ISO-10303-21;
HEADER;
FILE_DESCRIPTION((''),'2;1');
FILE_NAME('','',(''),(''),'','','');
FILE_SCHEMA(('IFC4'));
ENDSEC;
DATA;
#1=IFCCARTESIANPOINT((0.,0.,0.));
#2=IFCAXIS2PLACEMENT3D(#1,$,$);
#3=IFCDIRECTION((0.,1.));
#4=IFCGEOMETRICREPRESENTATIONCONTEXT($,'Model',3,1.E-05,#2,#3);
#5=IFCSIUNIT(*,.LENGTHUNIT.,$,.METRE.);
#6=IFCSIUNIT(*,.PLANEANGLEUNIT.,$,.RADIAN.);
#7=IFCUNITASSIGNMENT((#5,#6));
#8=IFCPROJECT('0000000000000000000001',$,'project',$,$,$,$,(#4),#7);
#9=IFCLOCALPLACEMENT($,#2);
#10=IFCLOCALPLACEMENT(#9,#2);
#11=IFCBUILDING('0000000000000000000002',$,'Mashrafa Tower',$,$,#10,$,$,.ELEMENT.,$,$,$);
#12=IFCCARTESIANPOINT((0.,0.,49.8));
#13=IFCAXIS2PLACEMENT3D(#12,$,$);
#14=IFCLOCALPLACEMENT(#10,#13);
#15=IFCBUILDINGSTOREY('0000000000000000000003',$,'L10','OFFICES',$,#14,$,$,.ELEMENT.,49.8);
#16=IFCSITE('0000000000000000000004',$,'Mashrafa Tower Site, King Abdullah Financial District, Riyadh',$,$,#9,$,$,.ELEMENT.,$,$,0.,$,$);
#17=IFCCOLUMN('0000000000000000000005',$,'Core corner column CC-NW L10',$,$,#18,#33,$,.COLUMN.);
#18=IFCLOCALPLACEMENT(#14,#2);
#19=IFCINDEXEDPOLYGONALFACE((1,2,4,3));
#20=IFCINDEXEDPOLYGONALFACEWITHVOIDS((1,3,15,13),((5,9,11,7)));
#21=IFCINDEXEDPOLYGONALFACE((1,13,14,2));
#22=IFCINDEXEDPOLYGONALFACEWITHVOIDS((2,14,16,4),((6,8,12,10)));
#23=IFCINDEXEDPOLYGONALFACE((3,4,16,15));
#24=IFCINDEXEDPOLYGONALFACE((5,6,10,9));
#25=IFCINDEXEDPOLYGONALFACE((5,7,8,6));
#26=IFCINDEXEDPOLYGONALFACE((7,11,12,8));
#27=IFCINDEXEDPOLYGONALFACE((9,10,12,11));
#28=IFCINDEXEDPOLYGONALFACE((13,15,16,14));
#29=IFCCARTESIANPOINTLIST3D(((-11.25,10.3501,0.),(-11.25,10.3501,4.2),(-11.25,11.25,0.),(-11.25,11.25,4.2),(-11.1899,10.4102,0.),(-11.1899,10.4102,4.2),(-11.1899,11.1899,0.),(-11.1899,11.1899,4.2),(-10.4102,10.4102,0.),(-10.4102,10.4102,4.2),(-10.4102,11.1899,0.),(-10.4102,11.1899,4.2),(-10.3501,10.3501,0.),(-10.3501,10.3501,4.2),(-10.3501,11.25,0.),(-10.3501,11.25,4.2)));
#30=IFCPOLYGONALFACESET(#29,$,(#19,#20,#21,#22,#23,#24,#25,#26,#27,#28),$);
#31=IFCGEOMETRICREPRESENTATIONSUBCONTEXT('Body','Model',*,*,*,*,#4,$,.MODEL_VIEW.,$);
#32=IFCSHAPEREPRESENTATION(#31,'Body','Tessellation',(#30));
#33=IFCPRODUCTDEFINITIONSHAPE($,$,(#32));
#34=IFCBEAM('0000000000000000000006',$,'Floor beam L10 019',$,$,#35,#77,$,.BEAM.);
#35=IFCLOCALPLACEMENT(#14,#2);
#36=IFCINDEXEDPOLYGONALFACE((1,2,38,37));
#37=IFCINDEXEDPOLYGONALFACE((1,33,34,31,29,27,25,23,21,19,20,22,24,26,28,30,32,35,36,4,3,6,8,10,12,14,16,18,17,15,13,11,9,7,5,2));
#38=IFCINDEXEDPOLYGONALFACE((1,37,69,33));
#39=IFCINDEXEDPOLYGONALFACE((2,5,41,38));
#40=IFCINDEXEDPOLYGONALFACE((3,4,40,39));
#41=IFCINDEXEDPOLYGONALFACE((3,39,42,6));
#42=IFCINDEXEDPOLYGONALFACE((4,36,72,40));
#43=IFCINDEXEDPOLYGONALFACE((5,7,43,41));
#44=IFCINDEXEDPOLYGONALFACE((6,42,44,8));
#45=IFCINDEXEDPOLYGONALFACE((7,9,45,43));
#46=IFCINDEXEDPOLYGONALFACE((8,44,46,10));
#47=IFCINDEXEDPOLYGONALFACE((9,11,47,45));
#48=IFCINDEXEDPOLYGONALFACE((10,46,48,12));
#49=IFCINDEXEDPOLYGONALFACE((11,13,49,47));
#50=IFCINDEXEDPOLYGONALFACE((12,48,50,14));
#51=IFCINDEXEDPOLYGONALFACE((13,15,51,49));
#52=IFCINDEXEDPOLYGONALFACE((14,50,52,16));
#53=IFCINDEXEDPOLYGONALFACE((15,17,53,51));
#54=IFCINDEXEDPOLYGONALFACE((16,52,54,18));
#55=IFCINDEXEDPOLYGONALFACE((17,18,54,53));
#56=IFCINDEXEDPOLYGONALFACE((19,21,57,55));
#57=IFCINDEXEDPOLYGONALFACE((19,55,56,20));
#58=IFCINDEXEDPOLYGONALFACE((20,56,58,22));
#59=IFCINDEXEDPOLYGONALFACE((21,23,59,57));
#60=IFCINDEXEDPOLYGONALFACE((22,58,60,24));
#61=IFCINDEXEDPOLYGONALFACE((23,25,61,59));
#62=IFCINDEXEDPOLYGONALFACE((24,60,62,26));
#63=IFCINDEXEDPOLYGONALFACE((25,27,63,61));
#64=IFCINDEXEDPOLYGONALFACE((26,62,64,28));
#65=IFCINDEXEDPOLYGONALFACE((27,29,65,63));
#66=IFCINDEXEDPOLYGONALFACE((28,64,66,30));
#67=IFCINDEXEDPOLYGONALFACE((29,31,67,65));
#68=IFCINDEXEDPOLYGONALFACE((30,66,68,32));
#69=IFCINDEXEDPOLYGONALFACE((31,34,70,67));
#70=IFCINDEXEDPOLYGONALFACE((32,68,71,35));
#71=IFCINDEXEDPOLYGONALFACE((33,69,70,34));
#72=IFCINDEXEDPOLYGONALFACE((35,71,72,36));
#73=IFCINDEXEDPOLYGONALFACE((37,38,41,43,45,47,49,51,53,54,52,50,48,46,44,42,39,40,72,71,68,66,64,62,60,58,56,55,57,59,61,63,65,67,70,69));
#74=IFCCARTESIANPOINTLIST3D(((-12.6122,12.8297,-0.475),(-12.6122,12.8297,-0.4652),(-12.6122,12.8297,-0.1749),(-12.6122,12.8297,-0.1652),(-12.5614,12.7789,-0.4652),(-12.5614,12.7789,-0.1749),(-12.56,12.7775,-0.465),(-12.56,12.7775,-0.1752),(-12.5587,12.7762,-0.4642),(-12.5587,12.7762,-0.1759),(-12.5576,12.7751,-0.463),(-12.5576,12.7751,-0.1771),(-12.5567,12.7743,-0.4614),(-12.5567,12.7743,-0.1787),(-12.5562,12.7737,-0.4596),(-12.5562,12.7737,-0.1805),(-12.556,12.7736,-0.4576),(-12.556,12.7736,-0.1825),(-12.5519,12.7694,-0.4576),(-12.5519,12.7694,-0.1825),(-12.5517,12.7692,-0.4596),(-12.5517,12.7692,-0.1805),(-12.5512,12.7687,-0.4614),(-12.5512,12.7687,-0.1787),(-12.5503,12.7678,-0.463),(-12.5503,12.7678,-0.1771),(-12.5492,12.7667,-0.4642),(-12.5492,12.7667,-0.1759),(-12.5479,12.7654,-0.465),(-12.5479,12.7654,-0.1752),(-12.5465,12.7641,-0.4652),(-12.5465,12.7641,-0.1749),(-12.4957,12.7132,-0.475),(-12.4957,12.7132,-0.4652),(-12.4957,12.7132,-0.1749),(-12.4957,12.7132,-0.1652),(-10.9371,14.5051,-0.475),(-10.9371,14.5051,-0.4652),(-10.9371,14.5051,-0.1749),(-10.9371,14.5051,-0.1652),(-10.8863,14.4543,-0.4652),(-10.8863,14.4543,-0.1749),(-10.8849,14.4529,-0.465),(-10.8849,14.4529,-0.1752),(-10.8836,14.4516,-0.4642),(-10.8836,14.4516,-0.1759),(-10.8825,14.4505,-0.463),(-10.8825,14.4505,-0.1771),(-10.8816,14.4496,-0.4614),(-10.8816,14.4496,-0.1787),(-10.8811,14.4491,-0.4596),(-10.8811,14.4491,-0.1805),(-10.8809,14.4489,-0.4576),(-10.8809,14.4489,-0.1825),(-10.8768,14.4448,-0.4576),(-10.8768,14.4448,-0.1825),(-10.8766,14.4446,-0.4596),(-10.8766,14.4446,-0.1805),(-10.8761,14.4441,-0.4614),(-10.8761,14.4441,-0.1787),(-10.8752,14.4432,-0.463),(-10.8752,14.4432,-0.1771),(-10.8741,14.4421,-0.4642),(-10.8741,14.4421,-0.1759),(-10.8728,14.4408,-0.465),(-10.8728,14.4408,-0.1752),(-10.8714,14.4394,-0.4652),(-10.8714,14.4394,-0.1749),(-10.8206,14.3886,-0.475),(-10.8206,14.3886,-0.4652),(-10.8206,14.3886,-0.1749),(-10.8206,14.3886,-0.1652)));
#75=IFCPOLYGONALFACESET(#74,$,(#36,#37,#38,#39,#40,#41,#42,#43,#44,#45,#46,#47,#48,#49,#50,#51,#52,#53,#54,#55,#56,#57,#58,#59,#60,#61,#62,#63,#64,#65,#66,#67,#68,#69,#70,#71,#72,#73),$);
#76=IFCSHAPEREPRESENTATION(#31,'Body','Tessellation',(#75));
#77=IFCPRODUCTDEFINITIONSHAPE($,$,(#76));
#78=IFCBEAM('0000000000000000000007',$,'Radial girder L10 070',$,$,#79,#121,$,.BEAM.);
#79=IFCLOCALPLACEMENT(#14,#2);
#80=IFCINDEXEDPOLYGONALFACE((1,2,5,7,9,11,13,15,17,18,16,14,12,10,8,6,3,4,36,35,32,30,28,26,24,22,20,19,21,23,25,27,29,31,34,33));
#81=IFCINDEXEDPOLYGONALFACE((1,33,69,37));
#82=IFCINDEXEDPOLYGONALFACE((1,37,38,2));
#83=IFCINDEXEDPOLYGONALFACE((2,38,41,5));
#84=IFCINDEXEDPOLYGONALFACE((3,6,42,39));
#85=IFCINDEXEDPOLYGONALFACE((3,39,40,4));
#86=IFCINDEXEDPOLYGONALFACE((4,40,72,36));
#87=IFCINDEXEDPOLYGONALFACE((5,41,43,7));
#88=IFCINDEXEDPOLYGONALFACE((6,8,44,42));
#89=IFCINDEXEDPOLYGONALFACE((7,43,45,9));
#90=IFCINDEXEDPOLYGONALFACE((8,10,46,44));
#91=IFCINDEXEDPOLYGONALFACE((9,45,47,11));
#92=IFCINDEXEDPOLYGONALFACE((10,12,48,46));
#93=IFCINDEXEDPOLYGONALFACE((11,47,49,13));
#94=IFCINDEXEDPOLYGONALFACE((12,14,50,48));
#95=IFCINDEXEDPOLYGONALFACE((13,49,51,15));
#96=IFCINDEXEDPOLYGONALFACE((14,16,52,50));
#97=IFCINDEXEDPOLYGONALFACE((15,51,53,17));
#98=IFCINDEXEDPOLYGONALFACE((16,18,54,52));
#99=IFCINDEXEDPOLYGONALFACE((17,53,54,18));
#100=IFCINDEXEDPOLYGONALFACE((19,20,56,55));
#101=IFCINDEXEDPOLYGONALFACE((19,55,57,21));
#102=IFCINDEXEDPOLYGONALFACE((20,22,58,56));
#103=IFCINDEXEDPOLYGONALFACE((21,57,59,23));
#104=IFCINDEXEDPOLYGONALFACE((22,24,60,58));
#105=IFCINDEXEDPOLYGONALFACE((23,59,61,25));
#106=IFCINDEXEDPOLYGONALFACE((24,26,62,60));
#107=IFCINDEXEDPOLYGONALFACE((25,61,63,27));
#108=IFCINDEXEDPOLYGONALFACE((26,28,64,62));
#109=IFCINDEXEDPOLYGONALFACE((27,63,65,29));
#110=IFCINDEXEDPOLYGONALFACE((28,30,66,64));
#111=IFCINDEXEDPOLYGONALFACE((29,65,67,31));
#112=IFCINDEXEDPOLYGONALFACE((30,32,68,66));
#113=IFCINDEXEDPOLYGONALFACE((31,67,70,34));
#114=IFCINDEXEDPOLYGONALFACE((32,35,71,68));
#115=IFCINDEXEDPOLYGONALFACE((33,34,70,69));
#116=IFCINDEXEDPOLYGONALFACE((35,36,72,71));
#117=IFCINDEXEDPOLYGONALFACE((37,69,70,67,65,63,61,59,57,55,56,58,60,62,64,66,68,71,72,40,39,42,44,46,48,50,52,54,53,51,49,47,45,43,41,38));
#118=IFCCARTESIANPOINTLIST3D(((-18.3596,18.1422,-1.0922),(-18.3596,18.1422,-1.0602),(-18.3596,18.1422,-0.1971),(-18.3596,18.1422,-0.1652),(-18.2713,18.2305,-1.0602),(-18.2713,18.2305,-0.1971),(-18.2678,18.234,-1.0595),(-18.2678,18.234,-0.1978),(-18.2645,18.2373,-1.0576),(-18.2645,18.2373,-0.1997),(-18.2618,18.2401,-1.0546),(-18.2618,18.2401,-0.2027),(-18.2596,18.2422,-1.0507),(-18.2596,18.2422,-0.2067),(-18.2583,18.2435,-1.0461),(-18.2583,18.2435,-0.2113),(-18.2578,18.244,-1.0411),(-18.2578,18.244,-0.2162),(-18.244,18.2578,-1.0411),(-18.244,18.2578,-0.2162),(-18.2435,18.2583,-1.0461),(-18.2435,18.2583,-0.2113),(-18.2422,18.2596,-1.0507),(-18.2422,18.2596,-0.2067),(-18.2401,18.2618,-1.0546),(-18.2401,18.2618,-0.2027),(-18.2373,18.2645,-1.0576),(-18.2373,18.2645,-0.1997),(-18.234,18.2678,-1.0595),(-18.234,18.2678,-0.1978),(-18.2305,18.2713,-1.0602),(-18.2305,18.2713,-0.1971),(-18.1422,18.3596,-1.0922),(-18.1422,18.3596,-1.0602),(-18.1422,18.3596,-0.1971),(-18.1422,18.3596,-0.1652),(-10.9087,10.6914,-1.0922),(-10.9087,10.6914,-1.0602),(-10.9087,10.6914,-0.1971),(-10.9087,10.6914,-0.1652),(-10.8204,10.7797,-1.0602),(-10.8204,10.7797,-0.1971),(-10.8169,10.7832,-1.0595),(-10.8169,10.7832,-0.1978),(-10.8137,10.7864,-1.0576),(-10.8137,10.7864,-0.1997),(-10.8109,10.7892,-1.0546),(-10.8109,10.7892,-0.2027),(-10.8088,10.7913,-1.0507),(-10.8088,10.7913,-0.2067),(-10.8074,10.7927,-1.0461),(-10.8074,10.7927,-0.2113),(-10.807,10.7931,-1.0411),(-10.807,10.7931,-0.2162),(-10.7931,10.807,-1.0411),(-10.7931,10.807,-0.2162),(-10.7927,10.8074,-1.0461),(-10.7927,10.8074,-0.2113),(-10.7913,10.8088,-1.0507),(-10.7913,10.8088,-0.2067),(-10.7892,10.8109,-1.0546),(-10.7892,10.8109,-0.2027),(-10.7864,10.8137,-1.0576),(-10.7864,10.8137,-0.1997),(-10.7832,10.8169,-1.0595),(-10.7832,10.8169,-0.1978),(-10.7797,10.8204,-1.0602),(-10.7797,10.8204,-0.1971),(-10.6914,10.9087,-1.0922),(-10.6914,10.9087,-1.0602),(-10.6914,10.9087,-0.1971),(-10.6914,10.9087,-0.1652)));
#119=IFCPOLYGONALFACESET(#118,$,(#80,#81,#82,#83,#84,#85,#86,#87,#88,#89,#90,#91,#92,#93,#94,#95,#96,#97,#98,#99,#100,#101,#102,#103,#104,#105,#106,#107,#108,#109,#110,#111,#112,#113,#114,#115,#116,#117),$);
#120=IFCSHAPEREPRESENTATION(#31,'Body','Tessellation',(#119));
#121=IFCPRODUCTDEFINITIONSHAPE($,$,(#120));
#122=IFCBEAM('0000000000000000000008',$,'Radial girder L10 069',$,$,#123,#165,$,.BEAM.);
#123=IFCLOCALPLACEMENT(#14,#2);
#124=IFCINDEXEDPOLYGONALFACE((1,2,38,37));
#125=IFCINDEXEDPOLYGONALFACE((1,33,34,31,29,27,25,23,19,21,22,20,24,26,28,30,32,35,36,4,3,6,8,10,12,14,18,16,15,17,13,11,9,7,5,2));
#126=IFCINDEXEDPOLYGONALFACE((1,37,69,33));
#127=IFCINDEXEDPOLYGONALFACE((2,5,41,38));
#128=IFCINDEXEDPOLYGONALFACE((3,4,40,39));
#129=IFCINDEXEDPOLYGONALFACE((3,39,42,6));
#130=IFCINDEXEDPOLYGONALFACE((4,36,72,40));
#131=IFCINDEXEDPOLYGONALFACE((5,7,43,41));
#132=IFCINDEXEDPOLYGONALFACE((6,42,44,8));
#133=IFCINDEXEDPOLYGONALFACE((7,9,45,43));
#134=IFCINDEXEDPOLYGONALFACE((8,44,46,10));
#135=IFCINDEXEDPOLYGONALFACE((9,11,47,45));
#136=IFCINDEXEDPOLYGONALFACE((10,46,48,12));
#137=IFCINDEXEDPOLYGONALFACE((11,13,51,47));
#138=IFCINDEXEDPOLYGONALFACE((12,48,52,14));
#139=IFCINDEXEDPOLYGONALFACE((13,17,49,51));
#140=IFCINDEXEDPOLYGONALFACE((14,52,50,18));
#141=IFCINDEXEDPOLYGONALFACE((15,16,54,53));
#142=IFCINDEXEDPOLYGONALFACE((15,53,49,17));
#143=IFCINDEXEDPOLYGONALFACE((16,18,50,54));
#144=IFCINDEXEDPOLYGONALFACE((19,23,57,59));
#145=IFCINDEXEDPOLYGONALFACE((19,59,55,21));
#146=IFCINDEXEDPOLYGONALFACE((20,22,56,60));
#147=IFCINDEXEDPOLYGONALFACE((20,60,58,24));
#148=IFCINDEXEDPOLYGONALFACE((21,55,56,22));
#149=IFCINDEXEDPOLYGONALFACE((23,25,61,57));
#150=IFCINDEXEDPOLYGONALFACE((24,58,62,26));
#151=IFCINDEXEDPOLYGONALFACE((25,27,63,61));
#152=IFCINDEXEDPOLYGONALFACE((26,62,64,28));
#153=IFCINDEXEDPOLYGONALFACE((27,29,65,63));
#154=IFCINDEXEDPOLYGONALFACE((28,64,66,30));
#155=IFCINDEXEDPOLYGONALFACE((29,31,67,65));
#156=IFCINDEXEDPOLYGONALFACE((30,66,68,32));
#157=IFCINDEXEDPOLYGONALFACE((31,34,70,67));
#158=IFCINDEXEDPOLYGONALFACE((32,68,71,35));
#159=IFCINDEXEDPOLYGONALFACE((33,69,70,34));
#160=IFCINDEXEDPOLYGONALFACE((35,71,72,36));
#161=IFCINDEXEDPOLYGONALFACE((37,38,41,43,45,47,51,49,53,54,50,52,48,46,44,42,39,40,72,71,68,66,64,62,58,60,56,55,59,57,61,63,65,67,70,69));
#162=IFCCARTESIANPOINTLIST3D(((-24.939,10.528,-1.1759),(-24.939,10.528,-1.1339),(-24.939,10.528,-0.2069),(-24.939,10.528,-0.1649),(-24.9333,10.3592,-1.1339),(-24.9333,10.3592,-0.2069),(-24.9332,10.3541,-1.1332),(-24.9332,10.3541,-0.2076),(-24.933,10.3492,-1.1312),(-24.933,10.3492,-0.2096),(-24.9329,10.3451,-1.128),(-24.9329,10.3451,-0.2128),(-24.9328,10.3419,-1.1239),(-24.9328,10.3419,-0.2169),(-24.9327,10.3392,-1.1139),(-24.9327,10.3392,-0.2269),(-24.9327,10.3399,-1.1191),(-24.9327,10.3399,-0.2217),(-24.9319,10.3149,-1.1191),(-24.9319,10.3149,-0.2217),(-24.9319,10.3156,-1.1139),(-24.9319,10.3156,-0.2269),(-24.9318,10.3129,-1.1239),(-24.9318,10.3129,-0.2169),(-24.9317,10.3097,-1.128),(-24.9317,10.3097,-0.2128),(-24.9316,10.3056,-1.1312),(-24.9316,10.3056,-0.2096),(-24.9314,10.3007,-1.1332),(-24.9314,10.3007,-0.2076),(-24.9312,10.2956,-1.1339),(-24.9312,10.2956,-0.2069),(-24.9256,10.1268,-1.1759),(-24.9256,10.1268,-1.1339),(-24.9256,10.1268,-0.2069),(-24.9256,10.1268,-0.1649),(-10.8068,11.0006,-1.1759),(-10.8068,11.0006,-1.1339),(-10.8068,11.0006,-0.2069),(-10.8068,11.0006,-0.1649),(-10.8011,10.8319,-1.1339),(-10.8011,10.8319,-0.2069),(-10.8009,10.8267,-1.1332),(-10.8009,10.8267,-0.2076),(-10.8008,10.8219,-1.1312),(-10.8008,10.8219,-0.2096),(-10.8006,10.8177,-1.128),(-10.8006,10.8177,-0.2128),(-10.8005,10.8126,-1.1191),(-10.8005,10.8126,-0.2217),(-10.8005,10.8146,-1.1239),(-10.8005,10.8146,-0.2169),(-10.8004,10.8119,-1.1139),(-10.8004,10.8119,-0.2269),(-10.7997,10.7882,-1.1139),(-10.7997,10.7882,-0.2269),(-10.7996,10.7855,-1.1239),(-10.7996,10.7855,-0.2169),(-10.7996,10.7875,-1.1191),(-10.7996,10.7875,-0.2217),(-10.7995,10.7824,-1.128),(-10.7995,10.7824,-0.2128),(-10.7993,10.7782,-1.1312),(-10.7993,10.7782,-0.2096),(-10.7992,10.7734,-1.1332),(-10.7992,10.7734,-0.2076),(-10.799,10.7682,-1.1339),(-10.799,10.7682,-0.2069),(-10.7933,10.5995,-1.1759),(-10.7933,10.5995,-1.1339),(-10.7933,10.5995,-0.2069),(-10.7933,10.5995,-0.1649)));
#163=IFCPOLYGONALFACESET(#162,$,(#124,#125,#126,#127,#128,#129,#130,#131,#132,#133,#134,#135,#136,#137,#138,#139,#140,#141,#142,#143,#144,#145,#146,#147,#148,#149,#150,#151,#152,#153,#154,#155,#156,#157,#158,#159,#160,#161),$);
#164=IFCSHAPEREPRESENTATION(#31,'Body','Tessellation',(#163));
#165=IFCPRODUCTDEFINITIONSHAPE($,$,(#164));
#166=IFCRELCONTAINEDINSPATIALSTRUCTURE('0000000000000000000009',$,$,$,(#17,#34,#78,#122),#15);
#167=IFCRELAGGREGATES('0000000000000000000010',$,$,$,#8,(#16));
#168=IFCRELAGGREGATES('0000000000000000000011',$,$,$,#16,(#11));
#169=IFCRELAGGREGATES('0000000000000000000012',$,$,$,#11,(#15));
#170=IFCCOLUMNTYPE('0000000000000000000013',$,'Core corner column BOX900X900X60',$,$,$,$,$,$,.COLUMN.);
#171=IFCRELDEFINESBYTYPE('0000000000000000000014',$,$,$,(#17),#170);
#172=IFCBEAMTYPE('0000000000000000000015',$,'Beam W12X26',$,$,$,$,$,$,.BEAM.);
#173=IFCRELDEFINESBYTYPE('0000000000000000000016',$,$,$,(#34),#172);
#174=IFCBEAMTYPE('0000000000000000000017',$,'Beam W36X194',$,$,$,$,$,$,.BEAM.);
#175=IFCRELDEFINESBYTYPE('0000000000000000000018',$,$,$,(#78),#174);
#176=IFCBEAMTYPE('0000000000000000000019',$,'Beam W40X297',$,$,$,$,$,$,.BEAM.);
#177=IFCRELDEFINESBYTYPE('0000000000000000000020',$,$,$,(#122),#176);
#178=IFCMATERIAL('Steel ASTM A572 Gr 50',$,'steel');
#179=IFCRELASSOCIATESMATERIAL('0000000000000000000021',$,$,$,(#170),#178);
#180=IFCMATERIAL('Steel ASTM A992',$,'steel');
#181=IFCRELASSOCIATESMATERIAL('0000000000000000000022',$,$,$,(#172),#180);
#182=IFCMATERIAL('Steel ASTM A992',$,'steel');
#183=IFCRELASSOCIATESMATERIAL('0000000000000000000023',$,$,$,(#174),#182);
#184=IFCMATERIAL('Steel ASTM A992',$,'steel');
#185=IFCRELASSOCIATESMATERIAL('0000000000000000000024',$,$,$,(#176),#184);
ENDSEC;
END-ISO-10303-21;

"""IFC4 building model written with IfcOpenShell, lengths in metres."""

from ifc_helpers import new_model, si_unit, direction, frame, origin, origin_2d, place, context, subcontext, project, spatial, hollow_rectangle, i_section, extrude, material, material_profile, profile_set, type_object, element, save


model = new_model("IFC4")

# Units and contexts
model_context = context("Model", 3, precision=1e-05, world=origin(), true_north=direction((0.0, 1.0)))
body_context = subcontext(model_context, "Body", "Model", "MODEL_VIEW")
ifc_project = project(units=[si_unit("LENGTHUNIT", "METRE"), si_unit("PLANEANGLEUNIT", "RADIAN")], contexts=[model_context])

# Site, building, storey
site_placement = place(None, origin())
site = spatial("IfcSite", under=ifc_project, at=site_placement, Name="Mashrafa Tower Site, King Abdullah Financial District, Riyadh", CompositionType="ELEMENT", RefElevation=0.0)
building_placement = place(site_placement, origin())
building = spatial("IfcBuilding", under=site, at=building_placement, Name="Mashrafa Tower", CompositionType="ELEMENT")
storey_placement = place(building_placement, frame((0.0, 0.0, 49.8)))
storey = spatial("IfcBuildingStorey", under=building, at=storey_placement, Name="L10", Description="OFFICES", CompositionType="ELEMENT", Elevation=49.8)

# Column
ifc_material_1 = material(Name="Steel ASTM A572 Gr 50", Category="steel")
ifc_material_profile_1 = material_profile(ifc_material_1, hollow_rectangle(XDim=0.8999, YDim=0.8999, WallThickness=0.0601, at=origin_2d()), Name="BOX900X900X60")
ifc_profile_set_1 = profile_set([ifc_material_profile_1], Name="Steel ASTM A572 Gr 50")
column_type = type_object("IfcColumnType", Name="Core corner column BOX900X900X60", PredefinedType="COLUMN", material=ifc_profile_set_1)
column_placement = place(storey_placement, frame((-10.8, 10.8, 0.0), z_axis=(0.0, 0.0, 1.0), x_axis=(1.0, 0.0, 0.0)))
element("IfcColumn", 1, at=column_placement, inside=storey, type_object=column_type, Name="Core corner column CC-NW L10", PredefinedType="COLUMN", context=body_context, shape_type="SweptSolid", body=[
    extrude(hollow_rectangle(XDim=0.8999, YDim=0.8999, WallThickness=0.0601, at=origin_2d()), origin(), (0.0, 0.0, 1.0), 4.2),
])

# Beams
ifc_material_2 = material(Name="Steel ASTM A992", Category="steel")
ifc_material_profile_2 = material_profile(ifc_material_2, i_section(OverallWidth=0.1648, OverallDepth=0.3098, WebThickness=0.0059, FlangeThickness=0.0098, FilletRadius=0.0076, at=origin_2d()), Name="W12X26")
ifc_profile_set_2 = profile_set([ifc_material_profile_2], Name="Steel ASTM A992")
beam_type_1 = type_object("IfcBeamType", Name="Beam W12X26", PredefinedType="BEAM", material=ifc_profile_set_2)
beam_1_placement = place(storey_placement, frame((-12.554, 12.7715, -0.3201), z_axis=(0.707055, 0.707158, 0.0), x_axis=(-0.707158, 0.707055, 0.0)))
element("IfcBeam", 2, at=beam_1_placement, inside=storey, type_object=beam_type_1, Name="Floor beam L10 019", PredefinedType="BEAM", context=body_context, shape_type="SweptSolid", body=[
    extrude(i_section(OverallWidth=0.1648, OverallDepth=0.3098, WebThickness=0.0059, FlangeThickness=0.0098, FilletRadius=0.0076, at=origin_2d()), origin(), (0.0, 0.0, 1.0), 2.3691),
])
ifc_material_3 = material(Name="Steel ASTM A992", Category="steel")
ifc_material_profile_3 = material_profile(ifc_material_3, i_section(OverallWidth=0.3074, OverallDepth=0.927, WebThickness=0.0195, FlangeThickness=0.032, FilletRadius=0.019, at=origin_2d()), Name="W36X194")
ifc_profile_set_3 = profile_set([ifc_material_profile_3], Name="Steel ASTM A992")
beam_type_2 = type_object("IfcBeamType", Name="Beam W36X194", PredefinedType="BEAM", material=ifc_profile_set_3)
beam_2_placement = place(storey_placement, frame((-10.8, 10.8, -0.6287), z_axis=(-0.707107, 0.707107, 0.0), x_axis=(-0.707107, -0.707107, 0.0)))
element("IfcBeam", 3, at=beam_2_placement, inside=storey, type_object=beam_type_2, Name="Radial girder L10 070", PredefinedType="BEAM", context=body_context, shape_type="SweptSolid", body=[
    extrude(i_section(OverallWidth=0.3074, OverallDepth=0.927, WebThickness=0.0195, FlangeThickness=0.032, FilletRadius=0.019, at=origin_2d()), origin(), (0.0, 0.0, 1.0), 10.5371),
])
ifc_material_4 = material(Name="Steel ASTM A992", Category="steel")
ifc_material_profile_4 = material_profile(ifc_material_4, i_section(OverallWidth=0.4014, OverallDepth=1.011, WebThickness=0.0237, FlangeThickness=0.042, FilletRadius=0.02, at=origin_2d()), Name="W40X297")
ifc_profile_set_4 = profile_set([ifc_material_profile_4], Name="Steel ASTM A992")
beam_type_3 = type_object("IfcBeamType", Name="Beam W40X297", PredefinedType="BEAM", material=ifc_profile_set_4)
for number, where, z_axis, x_axis, name in (
    (4, (-10.8, 10.8, -0.6704), (-0.999441, -0.033426, 0.0), (0.033426, -0.999441, 0.0), "Radial girder L10 069"),
):
    element("IfcBeam", number, at=place(storey_placement, frame(where, z_axis=z_axis, x_axis=x_axis)), inside=storey, type_object=beam_type_3, Name=name, PredefinedType="BEAM", context=body_context, shape_type="SweptSolid", body=[
        extrude(i_section(OverallWidth=0.4014, OverallDepth=1.011, WebThickness=0.0237, FlangeThickness=0.042, FilletRadius=0.02, at=origin_2d()), origin(), (0.0, 0.0, 1.0), 14.1401),
    ])

save(model, "model.ifc")
